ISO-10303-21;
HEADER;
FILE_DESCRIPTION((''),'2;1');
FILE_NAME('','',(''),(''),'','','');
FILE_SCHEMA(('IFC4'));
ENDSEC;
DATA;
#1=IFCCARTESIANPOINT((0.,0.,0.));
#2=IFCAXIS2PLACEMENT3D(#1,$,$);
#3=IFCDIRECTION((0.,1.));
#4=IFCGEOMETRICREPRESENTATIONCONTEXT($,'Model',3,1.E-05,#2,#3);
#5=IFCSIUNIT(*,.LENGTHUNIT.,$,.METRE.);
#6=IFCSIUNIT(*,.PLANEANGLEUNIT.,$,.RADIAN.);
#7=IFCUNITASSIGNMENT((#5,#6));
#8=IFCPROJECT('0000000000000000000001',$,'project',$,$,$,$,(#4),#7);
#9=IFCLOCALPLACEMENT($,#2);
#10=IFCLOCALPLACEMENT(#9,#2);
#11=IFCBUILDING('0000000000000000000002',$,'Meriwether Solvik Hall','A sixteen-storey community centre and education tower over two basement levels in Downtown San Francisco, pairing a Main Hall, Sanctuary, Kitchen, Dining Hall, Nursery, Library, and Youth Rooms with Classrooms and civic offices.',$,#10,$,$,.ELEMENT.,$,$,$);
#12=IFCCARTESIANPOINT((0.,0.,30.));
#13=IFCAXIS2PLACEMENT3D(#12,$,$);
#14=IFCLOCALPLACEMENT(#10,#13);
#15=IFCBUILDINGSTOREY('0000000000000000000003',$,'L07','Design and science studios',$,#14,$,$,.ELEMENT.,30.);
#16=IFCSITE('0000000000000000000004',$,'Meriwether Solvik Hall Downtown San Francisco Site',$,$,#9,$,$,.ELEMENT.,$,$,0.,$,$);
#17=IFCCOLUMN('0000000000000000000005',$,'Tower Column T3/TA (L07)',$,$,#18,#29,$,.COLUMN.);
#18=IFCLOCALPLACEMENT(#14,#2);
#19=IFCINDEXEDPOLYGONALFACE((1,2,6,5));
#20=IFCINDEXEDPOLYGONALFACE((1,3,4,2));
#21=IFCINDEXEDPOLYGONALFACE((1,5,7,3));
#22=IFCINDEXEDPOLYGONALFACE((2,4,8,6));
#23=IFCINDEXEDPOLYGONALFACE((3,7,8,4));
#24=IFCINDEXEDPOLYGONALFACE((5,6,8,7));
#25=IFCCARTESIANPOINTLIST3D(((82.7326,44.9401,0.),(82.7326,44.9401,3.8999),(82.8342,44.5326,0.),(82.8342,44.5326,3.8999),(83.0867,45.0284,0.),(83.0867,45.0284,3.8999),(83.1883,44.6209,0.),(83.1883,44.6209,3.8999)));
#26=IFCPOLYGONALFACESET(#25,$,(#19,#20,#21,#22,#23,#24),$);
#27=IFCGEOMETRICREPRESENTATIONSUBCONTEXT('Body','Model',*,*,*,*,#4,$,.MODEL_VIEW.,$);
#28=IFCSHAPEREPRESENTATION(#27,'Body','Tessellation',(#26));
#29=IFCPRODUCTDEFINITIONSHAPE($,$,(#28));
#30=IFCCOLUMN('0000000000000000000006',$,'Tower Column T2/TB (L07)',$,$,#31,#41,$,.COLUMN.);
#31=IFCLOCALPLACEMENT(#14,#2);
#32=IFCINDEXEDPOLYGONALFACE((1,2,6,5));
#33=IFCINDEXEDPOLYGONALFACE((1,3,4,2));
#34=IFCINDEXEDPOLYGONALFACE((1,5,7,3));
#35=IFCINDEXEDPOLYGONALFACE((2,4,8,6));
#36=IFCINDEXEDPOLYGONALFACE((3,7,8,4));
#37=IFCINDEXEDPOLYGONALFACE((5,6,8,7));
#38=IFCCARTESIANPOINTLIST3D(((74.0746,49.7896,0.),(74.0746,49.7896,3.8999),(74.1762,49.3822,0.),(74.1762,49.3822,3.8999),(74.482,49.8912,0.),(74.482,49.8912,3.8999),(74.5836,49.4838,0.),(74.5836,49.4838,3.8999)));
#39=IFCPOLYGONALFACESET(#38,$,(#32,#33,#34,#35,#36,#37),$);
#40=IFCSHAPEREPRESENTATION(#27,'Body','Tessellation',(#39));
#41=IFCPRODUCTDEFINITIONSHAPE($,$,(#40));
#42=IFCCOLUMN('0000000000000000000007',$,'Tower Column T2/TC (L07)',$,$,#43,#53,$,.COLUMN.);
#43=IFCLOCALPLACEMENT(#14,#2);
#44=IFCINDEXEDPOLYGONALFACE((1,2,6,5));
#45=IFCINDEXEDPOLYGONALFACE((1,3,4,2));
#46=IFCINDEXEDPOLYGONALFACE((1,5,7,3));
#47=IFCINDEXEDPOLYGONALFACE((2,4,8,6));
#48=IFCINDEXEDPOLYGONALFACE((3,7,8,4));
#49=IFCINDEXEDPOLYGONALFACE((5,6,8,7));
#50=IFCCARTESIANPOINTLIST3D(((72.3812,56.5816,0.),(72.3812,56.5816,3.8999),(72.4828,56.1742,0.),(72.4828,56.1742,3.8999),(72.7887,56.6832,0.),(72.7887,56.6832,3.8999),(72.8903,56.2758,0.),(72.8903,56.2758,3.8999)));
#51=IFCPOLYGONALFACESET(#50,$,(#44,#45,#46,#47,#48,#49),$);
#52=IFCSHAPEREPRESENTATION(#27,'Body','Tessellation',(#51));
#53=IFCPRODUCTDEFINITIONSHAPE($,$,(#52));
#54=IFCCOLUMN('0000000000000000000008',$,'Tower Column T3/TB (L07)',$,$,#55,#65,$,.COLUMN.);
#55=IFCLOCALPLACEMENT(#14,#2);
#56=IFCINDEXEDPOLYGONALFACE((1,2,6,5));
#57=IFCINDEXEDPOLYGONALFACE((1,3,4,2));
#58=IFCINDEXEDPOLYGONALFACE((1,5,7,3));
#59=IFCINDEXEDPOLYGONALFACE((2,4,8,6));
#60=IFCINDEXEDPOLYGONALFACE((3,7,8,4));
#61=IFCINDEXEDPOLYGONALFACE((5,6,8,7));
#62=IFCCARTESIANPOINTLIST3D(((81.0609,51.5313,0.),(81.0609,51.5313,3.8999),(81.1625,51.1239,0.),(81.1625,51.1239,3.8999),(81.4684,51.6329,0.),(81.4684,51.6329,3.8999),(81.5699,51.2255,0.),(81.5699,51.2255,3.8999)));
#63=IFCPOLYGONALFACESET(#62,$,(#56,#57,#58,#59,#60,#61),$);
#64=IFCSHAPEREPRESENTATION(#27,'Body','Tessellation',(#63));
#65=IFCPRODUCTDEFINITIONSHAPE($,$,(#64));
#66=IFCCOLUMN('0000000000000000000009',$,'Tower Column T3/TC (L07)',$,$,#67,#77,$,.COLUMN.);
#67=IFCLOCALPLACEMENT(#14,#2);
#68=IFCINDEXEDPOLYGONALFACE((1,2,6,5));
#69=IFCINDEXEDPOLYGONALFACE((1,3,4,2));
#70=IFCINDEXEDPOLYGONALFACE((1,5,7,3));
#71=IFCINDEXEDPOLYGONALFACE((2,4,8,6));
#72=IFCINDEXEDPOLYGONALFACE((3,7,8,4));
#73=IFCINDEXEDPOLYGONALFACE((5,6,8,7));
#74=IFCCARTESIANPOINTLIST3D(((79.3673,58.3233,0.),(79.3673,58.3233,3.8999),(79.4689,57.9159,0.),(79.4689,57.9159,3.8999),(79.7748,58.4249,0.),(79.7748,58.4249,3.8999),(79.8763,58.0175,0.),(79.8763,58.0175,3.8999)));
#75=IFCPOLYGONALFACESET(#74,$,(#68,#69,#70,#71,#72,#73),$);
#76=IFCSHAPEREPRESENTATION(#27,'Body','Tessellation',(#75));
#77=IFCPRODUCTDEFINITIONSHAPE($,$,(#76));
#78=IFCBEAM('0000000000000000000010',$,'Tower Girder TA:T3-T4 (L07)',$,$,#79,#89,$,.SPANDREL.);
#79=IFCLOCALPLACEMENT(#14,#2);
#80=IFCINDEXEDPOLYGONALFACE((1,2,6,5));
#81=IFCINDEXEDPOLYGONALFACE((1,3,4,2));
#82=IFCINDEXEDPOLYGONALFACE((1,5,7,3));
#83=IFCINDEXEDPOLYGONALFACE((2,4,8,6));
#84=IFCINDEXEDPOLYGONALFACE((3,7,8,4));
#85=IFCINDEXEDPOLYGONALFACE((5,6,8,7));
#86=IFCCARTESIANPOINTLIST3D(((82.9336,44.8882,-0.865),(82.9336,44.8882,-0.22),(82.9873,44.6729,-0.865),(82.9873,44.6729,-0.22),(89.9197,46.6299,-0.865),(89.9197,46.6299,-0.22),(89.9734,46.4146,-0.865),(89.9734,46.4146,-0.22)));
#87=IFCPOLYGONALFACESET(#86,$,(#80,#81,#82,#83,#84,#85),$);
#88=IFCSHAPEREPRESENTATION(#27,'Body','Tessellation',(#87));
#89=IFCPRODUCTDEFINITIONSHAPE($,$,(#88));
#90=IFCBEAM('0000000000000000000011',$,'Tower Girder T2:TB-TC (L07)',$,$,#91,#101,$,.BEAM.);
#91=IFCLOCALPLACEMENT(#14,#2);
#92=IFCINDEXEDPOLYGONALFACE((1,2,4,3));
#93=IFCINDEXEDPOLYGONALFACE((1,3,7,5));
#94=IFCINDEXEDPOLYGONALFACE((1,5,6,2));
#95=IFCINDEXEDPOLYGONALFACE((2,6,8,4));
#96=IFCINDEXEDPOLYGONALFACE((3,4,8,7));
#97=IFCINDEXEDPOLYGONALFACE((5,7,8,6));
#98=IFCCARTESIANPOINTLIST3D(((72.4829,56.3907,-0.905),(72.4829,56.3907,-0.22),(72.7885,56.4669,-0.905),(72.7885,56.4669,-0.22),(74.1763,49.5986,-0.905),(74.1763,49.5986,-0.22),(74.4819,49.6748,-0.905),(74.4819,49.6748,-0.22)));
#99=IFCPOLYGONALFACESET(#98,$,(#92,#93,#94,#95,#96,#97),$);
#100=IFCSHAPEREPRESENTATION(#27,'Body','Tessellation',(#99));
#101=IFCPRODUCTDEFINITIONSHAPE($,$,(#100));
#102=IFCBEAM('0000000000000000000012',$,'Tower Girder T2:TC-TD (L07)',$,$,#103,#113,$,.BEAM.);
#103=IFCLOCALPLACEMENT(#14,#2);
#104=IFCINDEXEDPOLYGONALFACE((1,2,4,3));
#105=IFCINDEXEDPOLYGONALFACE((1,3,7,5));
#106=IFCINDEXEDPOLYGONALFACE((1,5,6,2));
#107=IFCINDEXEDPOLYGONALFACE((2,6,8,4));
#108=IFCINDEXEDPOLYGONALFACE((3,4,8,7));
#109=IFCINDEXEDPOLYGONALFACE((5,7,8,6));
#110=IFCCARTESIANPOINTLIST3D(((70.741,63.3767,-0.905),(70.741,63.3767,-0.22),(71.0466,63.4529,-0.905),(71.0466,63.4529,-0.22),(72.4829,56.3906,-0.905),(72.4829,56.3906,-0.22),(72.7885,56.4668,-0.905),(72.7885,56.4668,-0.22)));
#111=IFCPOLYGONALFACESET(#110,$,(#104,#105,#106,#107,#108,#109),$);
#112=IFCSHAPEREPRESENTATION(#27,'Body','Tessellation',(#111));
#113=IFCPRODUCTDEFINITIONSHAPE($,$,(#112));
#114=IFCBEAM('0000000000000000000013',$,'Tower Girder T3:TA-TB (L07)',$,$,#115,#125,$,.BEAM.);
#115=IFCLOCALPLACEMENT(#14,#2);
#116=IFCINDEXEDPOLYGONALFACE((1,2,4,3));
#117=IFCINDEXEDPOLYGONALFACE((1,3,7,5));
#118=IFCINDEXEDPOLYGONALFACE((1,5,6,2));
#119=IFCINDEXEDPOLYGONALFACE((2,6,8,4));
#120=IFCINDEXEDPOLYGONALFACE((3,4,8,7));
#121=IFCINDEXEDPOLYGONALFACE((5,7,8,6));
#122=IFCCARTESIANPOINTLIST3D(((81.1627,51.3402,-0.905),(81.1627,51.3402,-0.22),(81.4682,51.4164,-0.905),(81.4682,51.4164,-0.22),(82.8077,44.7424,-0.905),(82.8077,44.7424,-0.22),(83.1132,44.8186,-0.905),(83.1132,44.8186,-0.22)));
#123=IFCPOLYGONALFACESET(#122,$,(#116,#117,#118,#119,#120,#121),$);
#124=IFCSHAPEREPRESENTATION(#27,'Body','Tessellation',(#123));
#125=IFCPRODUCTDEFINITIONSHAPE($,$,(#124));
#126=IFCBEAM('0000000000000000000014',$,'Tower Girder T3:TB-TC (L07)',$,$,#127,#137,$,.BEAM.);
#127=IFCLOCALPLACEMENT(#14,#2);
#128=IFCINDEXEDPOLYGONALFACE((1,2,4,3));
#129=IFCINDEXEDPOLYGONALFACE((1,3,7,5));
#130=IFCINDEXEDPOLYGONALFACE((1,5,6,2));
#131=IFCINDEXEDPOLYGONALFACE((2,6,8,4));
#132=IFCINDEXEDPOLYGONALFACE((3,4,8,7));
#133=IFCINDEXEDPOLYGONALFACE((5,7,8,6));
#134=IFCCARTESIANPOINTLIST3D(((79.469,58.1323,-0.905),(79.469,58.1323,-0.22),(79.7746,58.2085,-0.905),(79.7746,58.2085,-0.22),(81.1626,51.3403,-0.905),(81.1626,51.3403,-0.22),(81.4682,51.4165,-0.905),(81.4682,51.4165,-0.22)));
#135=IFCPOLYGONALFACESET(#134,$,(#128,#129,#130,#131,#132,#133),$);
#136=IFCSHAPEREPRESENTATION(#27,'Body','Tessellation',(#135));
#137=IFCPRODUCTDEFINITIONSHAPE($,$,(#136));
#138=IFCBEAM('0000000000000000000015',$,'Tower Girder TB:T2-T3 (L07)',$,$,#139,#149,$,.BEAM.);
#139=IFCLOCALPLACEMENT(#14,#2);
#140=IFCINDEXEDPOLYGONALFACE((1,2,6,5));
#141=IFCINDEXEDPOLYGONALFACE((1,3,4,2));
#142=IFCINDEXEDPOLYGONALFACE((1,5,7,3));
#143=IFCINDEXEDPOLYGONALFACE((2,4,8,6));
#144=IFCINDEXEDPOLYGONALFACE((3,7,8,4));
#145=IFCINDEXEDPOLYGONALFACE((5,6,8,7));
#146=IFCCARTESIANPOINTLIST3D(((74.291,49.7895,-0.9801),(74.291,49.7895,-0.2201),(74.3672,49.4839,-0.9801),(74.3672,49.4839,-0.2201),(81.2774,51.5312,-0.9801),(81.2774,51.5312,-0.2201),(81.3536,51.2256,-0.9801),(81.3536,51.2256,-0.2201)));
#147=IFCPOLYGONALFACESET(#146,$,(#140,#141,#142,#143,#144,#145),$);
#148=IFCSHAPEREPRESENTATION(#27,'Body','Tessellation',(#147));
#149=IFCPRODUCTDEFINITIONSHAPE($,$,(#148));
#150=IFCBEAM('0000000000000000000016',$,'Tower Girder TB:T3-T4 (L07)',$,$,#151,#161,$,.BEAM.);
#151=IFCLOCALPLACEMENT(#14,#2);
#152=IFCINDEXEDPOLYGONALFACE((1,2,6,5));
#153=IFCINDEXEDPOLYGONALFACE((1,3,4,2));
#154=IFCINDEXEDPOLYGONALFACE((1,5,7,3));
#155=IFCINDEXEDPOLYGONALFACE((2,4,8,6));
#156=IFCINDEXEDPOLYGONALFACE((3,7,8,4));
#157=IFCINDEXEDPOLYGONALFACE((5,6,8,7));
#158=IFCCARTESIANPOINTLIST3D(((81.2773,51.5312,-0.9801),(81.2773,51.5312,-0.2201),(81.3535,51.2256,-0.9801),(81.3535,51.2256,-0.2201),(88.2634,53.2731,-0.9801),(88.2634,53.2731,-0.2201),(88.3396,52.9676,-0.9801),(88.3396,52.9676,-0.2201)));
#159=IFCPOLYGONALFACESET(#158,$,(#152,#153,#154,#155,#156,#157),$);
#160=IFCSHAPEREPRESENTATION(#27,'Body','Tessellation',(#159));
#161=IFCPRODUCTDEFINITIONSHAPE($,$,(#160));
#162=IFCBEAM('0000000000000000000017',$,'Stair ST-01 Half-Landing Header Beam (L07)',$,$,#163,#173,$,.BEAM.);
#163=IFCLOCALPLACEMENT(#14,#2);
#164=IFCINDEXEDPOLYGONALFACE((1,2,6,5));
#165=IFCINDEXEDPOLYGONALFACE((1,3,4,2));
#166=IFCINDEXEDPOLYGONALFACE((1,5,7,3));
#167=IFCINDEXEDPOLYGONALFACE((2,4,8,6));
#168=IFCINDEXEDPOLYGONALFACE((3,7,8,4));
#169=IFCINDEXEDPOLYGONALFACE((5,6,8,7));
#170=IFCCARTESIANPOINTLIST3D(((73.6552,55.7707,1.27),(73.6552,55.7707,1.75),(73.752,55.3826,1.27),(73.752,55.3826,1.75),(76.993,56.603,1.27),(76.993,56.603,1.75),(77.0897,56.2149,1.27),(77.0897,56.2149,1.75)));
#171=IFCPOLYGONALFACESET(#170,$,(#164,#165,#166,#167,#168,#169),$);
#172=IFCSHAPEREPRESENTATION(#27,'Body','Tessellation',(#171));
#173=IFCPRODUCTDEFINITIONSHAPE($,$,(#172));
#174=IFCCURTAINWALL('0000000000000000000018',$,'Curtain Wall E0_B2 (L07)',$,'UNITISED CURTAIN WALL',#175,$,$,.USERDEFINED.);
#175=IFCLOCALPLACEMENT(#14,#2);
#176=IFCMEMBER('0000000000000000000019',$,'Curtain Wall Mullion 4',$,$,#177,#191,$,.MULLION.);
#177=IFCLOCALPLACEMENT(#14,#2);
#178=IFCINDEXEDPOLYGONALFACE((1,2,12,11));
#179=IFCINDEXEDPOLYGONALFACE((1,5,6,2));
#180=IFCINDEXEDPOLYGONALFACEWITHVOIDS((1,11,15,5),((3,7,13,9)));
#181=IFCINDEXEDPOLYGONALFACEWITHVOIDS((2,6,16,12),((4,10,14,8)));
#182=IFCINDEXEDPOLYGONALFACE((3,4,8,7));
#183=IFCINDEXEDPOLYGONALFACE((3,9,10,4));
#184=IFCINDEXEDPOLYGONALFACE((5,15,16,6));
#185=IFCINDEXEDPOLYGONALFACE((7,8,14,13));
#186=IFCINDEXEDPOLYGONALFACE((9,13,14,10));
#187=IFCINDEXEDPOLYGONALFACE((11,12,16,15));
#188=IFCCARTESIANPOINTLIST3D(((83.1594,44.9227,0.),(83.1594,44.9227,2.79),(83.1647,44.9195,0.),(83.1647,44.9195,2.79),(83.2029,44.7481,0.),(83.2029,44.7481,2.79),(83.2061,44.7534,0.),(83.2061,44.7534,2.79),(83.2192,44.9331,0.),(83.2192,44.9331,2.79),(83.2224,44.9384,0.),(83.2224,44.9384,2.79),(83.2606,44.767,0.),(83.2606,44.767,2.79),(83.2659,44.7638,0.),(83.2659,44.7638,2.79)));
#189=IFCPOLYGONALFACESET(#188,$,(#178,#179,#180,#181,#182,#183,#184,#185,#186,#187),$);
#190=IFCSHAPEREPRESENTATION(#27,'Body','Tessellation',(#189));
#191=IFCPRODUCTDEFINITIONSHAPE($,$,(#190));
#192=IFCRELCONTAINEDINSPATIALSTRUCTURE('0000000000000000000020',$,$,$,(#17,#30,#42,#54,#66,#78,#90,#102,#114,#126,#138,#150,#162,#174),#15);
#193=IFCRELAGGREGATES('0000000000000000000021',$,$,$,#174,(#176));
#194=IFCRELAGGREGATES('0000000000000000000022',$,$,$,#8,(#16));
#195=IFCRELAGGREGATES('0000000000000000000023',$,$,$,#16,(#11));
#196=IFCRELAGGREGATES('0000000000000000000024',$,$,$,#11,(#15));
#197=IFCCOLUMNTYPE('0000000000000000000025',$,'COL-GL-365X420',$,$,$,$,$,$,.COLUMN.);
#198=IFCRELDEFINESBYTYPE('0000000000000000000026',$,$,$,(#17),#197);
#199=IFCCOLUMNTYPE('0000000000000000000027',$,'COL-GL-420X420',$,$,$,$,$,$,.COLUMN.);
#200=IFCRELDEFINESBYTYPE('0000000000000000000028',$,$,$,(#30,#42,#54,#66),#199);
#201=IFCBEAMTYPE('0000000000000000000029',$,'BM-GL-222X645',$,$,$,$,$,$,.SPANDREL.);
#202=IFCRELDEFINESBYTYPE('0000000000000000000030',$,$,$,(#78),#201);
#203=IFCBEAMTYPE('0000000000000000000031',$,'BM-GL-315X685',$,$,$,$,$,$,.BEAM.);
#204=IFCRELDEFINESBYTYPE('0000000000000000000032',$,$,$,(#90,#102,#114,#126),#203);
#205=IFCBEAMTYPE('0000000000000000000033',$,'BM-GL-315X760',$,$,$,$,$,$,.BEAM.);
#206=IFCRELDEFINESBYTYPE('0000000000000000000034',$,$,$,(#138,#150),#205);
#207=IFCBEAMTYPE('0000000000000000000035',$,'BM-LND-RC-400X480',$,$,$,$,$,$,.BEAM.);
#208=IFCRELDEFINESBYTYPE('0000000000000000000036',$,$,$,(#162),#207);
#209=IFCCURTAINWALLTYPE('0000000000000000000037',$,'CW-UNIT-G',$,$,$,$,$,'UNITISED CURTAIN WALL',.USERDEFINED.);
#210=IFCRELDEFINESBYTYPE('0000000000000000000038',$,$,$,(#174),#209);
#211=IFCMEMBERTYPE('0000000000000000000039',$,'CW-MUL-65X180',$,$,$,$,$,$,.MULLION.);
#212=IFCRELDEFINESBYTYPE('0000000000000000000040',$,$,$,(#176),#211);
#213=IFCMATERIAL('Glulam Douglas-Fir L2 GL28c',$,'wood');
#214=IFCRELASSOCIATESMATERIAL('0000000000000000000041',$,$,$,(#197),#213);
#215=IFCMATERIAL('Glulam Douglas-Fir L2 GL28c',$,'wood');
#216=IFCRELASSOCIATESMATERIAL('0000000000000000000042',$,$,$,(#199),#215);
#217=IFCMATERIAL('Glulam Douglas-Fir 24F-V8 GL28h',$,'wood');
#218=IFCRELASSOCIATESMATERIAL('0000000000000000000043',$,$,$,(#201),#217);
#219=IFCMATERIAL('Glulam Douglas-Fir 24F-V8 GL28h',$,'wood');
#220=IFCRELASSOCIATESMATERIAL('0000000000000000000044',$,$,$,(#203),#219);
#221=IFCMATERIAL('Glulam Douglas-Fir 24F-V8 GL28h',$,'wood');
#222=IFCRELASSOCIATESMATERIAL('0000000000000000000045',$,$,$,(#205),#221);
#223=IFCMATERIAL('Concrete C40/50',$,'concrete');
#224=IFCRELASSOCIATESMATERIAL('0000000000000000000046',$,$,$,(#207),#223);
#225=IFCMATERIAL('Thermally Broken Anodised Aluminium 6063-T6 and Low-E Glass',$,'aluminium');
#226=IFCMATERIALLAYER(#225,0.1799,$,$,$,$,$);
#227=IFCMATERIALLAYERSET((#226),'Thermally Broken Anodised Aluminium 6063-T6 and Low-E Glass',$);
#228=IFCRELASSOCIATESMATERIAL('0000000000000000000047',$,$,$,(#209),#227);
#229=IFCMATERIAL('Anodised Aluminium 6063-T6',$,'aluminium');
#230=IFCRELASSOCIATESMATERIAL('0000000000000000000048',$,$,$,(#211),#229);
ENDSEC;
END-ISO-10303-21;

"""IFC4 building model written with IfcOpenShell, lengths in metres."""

from ifc_helpers import new_model, si_unit, direction, frame, origin, origin_2d, place, context, subcontext, project, spatial, rectangle, hollow_rectangle, extrude, material, layer, layer_set, material_profile, profile_set, type_object, element, aggregate, save


model = new_model("IFC4")

# Units and contexts
model_context = context("Model", 3, precision=1e-05, world=origin(), true_north=direction((0.0, 1.0)))
body_context = subcontext(model_context, "Body", "Model", "MODEL_VIEW")
ifc_project = project(units=[si_unit("LENGTHUNIT", "METRE"), si_unit("PLANEANGLEUNIT", "RADIAN")], contexts=[model_context])

# Site, building, storey
site_placement = place(None, origin())
site = spatial("IfcSite", under=ifc_project, at=site_placement, Name="Meriwether Solvik Hall Downtown San Francisco Site", CompositionType="ELEMENT", RefElevation=0.0)
building_placement = place(site_placement, origin())
building = spatial("IfcBuilding", under=site, at=building_placement, Name="Meriwether Solvik Hall", Description="A sixteen-storey community centre and education tower over two basement levels in Downtown San Francisco, pairing a Main Hall, Sanctuary, Kitchen, Dining Hall, Nursery, Library, and Youth Rooms with Classrooms and civic offices.", CompositionType="ELEMENT")
storey_placement = place(building_placement, frame((0.0, 0.0, 30.0)))
storey = spatial("IfcBuildingStorey", under=building, at=storey_placement, Name="L07", Description="Design and science studios", CompositionType="ELEMENT", Elevation=30.0)

# Columns
ifc_material_1 = material(Name="Glulam Douglas-Fir L2 GL28c", Category="wood")
ifc_material_profile_1 = material_profile(ifc_material_1, rectangle(XDim=0.365, YDim=0.4199, at=origin_2d()), Name="GLC-365X420")
ifc_profile_set_1 = profile_set([ifc_material_profile_1], Name="Glulam Douglas-Fir L2 GL28c")
column_type_1 = type_object("IfcColumnType", Name="COL-GL-365X420", PredefinedType="COLUMN", material=ifc_profile_set_1)
column_placement = place(storey_placement, frame((82.9604, 44.7805, 0.0), z_axis=(0.0, 0.0, 1.0), x_axis=(0.970296, 0.241922, 0.0)))
element("IfcColumn", 1, at=column_placement, inside=storey, type_object=column_type_1, Name="Tower Column T3/TA (L07)", PredefinedType="COLUMN", context=body_context, shape_type="SweptSolid", body=[
    extrude(rectangle(XDim=0.365, YDim=0.4199, at=origin_2d()), origin(), (0.0, 0.0, 1.0), 3.8999),
])
ifc_material_2 = material(Name="Glulam Douglas-Fir L2 GL28c", Category="wood")
ifc_material_profile_2 = material_profile(ifc_material_2, rectangle(XDim=0.4199, YDim=0.4199, at=origin_2d()), Name="GLC-420X420")
ifc_profile_set_2 = profile_set([ifc_material_profile_2], Name="Glulam Douglas-Fir L2 GL28c")
column_type_2 = type_object("IfcColumnType", Name="COL-GL-420X420", PredefinedType="COLUMN", material=ifc_profile_set_2)
for number, where, z_axis, x_axis, name in (
    (2, (74.3291, 49.6367, 0.0), (0.0, 0.0, 1.0), (0.970296, 0.241922, 0.0), "Tower Column T2/TB (L07)"),
    (3, (72.6357, 56.4287, 0.0), (0.0, 0.0, 1.0), (0.970296, 0.241922, 0.0), "Tower Column T2/TC (L07)"),
    (4, (81.3154, 51.3784, 0.0), (0.0, 0.0, 1.0), (0.970296, 0.241922, 0.0), "Tower Column T3/TB (L07)"),
    (5, (79.6218, 58.1704, 0.0), (0.0, 0.0, 1.0), (0.970296, 0.241922, 0.0), "Tower Column T3/TC (L07)"),
):
    element("IfcColumn", number, at=place(storey_placement, frame(where, z_axis=z_axis, x_axis=x_axis)), inside=storey, type_object=column_type_2, Name=name, PredefinedType="COLUMN", context=body_context, shape_type="SweptSolid", body=[
        extrude(rectangle(XDim=0.4199, YDim=0.4199, at=origin_2d()), origin(), (0.0, 0.0, 1.0), 3.8999),
    ])

# Beams
ifc_material_3 = material(Name="Glulam Douglas-Fir 24F-V8 GL28h", Category="wood")
ifc_material_profile_3 = material_profile(ifc_material_3, rectangle(XDim=0.2219, YDim=0.645, at=origin_2d()), Name="GLB-222X645")
ifc_profile_set_3 = profile_set([ifc_material_profile_3], Name="Glulam Douglas-Fir 24F-V8 GL28h")
beam_type_1 = type_object("IfcBeamType", Name="BM-GL-222X645", PredefinedType="SPANDREL", material=ifc_profile_set_3)
beam_1_placement = place(storey_placement, frame((82.9604, 44.7805, -0.5425), z_axis=(0.9703, 0.241905, 0.0), x_axis=(-0.241905, 0.9703, 0.0)))
element("IfcBeam", 6, at=beam_1_placement, inside=storey, type_object=beam_type_1, Name="Tower Girder TA:T3-T4 (L07)", PredefinedType="SPANDREL", context=body_context, shape_type="SweptSolid", body=[
    extrude(rectangle(XDim=0.2219, YDim=0.645, at=origin_2d()), origin(), (0.0, 0.0, 1.0), 7.2),
])
ifc_material_4 = material(Name="Glulam Douglas-Fir 24F-V8 GL28h", Category="wood")
ifc_material_profile_4 = material_profile(ifc_material_4, rectangle(XDim=0.3149, YDim=0.6851, at=origin_2d()), Name="GLB-315X685")
ifc_profile_set_4 = profile_set([ifc_material_profile_4], Name="Glulam Douglas-Fir 24F-V8 GL28h")
beam_type_2 = type_object("IfcBeamType", Name="BM-GL-315X685", PredefinedType="BEAM", material=ifc_profile_set_4)
beam_2_placement = place(storey_placement, frame((74.3291, 49.6367, -0.5625), z_axis=(-0.241912, 0.970298, 0.0), x_axis=(-0.970298, -0.241912, 0.0)))
element("IfcBeam", 7, at=beam_2_placement, inside=storey, type_object=beam_type_2, Name="Tower Girder T2:TB-TC (L07)", PredefinedType="BEAM", context=body_context, shape_type="SweptSolid", body=[
    extrude(rectangle(XDim=0.3149, YDim=0.6851, at=origin_2d()), origin(), (0.0, 0.0, 1.0), 7.0),
])
beam_3_placement = place(storey_placement, frame((72.6357, 56.4287, -0.5625), z_axis=(-0.241937, 0.970292, 0.0), x_axis=(-0.970292, -0.241937, 0.0)))
element("IfcBeam", 8, at=beam_3_placement, inside=storey, type_object=beam_type_2, Name="Tower Girder T2:TC-TD (L07)", PredefinedType="BEAM", context=body_context, shape_type="SweptSolid", body=[
    extrude(rectangle(XDim=0.3149, YDim=0.6851, at=origin_2d()), origin(), (0.0, 0.0, 1.0), 7.2),
])
beam_4_placement = place(storey_placement, frame((82.9604, 44.7805, -0.5625), z_axis=(-0.241919, 0.970296, 0.0), x_axis=(-0.970296, -0.241919, 0.0)))
element("IfcBeam", 9, at=beam_4_placement, inside=storey, type_object=beam_type_2, Name="Tower Girder T3:TA-TB (L07)", PredefinedType="BEAM", context=body_context, shape_type="SweptSolid", body=[
    extrude(rectangle(XDim=0.3149, YDim=0.6851, at=origin_2d()), origin(), (0.0, 0.0, 1.0), 6.7998),
])
beam_5_placement = place(storey_placement, frame((81.3154, 51.3784, -0.5625), z_axis=(-0.241945, 0.97029, 0.0), x_axis=(-0.97029, -0.241945, 0.0)))
element("IfcBeam", 10, at=beam_5_placement, inside=storey, type_object=beam_type_2, Name="Tower Girder T3:TB-TC (L07)", PredefinedType="BEAM", context=body_context, shape_type="SweptSolid", body=[
    extrude(rectangle(XDim=0.3149, YDim=0.6851, at=origin_2d()), origin(), (0.0, 0.0, 1.0), 7.0),
])
ifc_material_5 = material(Name="Glulam Douglas-Fir 24F-V8 GL28h", Category="wood")
ifc_material_profile_5 = material_profile(ifc_material_5, rectangle(XDim=0.3149, YDim=0.76, at=origin_2d()), Name="GLB-315X760")
ifc_profile_set_5 = profile_set([ifc_material_profile_5], Name="Glulam Douglas-Fir 24F-V8 GL28h")
beam_type_3 = type_object("IfcBeamType", Name="BM-GL-315X760", PredefinedType="BEAM", material=ifc_profile_set_5)
beam_6_placement = place(storey_placement, frame((74.3291, 49.6367, -0.6001), z_axis=(0.970302, 0.241897, 0.0), x_axis=(-0.241897, 0.970302, 0.0)))
element("IfcBeam", 11, at=beam_6_placement, inside=storey, type_object=beam_type_3, Name="Tower Girder TB:T2-T3 (L07)", PredefinedType="BEAM", context=body_context, shape_type="SweptSolid", body=[
    extrude(rectangle(XDim=0.3149, YDim=0.76, at=origin_2d()), origin(), (0.0, 0.0, 1.0), 7.2002),
])
beam_7_placement = place(storey_placement, frame((81.3154, 51.3784, -0.6001), z_axis=(0.970292, 0.241937, 0.0), x_axis=(-0.241937, 0.970292, 0.0)))
element("IfcBeam", 12, at=beam_7_placement, inside=storey, type_object=beam_type_3, Name="Tower Girder TB:T3-T4 (L07)", PredefinedType="BEAM", context=body_context, shape_type="SweptSolid", body=[
    extrude(rectangle(XDim=0.3149, YDim=0.76, at=origin_2d()), origin(), (0.0, 0.0, 1.0), 7.2),
])
ifc_material_6 = material(Name="Concrete C40/50", Category="concrete")
ifc_material_profile_6 = material_profile(ifc_material_6, rectangle(XDim=0.3999, YDim=0.48, at=origin_2d()), Name="RCB-400X480")
ifc_profile_set_6 = profile_set([ifc_material_profile_6], Name="Concrete C40/50")
beam_type_4 = type_object("IfcBeamType", Name="BM-LND-RC-400X480", PredefinedType="BEAM", material=ifc_profile_set_6)
beam_8_placement = place(storey_placement, frame((73.7036, 55.5767, 1.51), z_axis=(0.970288, 0.241951, 0.0), x_axis=(-0.241951, 0.970288, 0.0)))
element("IfcBeam", 13, at=beam_8_placement, inside=storey, type_object=beam_type_4, Name="Stair ST-01 Half-Landing Header Beam (L07)", PredefinedType="BEAM", context=body_context, shape_type="SweptSolid", body=[
    extrude(rectangle(XDim=0.3999, YDim=0.48, at=origin_2d()), origin(), (0.0, 0.0, 1.0), 3.4399),
])

# Curtain wall, member
ifc_material_7 = material(Name="Thermally Broken Anodised Aluminium 6063-T6 and Low-E Glass", Category="aluminium")
ifc_layer_1 = layer(ifc_material_7, 0.1799)
ifc_layer_set_1 = layer_set([ifc_layer_1], Name="Thermally Broken Anodised Aluminium 6063-T6 and Low-E Glass")
curtain_wall_type_1 = type_object("IfcCurtainWallType", Name="CW-UNIT-G", ElementType="UNITISED CURTAIN WALL", PredefinedType="USERDEFINED", material=ifc_layer_set_1)
curtain_wall_1_placement = place(storey_placement, origin())
curtain_wall_1 = element("IfcCurtainWall", 14, at=curtain_wall_1_placement, inside=storey, type_object=curtain_wall_type_1, Name="Curtain Wall E0_B2 (L07)", ObjectType="UNITISED CURTAIN WALL", PredefinedType="USERDEFINED")
ifc_material_8 = material(Name="Anodised Aluminium 6063-T6", Category="aluminium")
ifc_material_profile_7 = material_profile(ifc_material_8, hollow_rectangle(XDim=0.0649, YDim=0.1799, WallThickness=0.0044, at=origin_2d()), Name="CWM-65X180")
ifc_profile_set_7 = profile_set([ifc_material_profile_7], Name="Anodised Aluminium 6063-T6")
member_type_1 = type_object("IfcMemberType", Name="CW-MUL-65X180", PredefinedType="MULLION", material=ifc_profile_set_7)
member_1_placement = place(storey_placement, frame((83.2126, 44.8433, 0.0), z_axis=(0.0, 0.0, 1.0), x_axis=(-0.970296, -0.241922, 0.0)))
member_1 = element("IfcMember", 15, at=member_1_placement, type_object=member_type_1, Name="Curtain Wall Mullion 4", PredefinedType="MULLION", context=body_context, shape_type="SweptSolid", body=[
    extrude(hollow_rectangle(XDim=0.0649, YDim=0.1799, WallThickness=0.0044, at=origin_2d()), origin(), (0.0, 0.0, 1.0), 2.79),
])
aggregate(curtain_wall_1, [member_1])

save(model, "model.ifc")
